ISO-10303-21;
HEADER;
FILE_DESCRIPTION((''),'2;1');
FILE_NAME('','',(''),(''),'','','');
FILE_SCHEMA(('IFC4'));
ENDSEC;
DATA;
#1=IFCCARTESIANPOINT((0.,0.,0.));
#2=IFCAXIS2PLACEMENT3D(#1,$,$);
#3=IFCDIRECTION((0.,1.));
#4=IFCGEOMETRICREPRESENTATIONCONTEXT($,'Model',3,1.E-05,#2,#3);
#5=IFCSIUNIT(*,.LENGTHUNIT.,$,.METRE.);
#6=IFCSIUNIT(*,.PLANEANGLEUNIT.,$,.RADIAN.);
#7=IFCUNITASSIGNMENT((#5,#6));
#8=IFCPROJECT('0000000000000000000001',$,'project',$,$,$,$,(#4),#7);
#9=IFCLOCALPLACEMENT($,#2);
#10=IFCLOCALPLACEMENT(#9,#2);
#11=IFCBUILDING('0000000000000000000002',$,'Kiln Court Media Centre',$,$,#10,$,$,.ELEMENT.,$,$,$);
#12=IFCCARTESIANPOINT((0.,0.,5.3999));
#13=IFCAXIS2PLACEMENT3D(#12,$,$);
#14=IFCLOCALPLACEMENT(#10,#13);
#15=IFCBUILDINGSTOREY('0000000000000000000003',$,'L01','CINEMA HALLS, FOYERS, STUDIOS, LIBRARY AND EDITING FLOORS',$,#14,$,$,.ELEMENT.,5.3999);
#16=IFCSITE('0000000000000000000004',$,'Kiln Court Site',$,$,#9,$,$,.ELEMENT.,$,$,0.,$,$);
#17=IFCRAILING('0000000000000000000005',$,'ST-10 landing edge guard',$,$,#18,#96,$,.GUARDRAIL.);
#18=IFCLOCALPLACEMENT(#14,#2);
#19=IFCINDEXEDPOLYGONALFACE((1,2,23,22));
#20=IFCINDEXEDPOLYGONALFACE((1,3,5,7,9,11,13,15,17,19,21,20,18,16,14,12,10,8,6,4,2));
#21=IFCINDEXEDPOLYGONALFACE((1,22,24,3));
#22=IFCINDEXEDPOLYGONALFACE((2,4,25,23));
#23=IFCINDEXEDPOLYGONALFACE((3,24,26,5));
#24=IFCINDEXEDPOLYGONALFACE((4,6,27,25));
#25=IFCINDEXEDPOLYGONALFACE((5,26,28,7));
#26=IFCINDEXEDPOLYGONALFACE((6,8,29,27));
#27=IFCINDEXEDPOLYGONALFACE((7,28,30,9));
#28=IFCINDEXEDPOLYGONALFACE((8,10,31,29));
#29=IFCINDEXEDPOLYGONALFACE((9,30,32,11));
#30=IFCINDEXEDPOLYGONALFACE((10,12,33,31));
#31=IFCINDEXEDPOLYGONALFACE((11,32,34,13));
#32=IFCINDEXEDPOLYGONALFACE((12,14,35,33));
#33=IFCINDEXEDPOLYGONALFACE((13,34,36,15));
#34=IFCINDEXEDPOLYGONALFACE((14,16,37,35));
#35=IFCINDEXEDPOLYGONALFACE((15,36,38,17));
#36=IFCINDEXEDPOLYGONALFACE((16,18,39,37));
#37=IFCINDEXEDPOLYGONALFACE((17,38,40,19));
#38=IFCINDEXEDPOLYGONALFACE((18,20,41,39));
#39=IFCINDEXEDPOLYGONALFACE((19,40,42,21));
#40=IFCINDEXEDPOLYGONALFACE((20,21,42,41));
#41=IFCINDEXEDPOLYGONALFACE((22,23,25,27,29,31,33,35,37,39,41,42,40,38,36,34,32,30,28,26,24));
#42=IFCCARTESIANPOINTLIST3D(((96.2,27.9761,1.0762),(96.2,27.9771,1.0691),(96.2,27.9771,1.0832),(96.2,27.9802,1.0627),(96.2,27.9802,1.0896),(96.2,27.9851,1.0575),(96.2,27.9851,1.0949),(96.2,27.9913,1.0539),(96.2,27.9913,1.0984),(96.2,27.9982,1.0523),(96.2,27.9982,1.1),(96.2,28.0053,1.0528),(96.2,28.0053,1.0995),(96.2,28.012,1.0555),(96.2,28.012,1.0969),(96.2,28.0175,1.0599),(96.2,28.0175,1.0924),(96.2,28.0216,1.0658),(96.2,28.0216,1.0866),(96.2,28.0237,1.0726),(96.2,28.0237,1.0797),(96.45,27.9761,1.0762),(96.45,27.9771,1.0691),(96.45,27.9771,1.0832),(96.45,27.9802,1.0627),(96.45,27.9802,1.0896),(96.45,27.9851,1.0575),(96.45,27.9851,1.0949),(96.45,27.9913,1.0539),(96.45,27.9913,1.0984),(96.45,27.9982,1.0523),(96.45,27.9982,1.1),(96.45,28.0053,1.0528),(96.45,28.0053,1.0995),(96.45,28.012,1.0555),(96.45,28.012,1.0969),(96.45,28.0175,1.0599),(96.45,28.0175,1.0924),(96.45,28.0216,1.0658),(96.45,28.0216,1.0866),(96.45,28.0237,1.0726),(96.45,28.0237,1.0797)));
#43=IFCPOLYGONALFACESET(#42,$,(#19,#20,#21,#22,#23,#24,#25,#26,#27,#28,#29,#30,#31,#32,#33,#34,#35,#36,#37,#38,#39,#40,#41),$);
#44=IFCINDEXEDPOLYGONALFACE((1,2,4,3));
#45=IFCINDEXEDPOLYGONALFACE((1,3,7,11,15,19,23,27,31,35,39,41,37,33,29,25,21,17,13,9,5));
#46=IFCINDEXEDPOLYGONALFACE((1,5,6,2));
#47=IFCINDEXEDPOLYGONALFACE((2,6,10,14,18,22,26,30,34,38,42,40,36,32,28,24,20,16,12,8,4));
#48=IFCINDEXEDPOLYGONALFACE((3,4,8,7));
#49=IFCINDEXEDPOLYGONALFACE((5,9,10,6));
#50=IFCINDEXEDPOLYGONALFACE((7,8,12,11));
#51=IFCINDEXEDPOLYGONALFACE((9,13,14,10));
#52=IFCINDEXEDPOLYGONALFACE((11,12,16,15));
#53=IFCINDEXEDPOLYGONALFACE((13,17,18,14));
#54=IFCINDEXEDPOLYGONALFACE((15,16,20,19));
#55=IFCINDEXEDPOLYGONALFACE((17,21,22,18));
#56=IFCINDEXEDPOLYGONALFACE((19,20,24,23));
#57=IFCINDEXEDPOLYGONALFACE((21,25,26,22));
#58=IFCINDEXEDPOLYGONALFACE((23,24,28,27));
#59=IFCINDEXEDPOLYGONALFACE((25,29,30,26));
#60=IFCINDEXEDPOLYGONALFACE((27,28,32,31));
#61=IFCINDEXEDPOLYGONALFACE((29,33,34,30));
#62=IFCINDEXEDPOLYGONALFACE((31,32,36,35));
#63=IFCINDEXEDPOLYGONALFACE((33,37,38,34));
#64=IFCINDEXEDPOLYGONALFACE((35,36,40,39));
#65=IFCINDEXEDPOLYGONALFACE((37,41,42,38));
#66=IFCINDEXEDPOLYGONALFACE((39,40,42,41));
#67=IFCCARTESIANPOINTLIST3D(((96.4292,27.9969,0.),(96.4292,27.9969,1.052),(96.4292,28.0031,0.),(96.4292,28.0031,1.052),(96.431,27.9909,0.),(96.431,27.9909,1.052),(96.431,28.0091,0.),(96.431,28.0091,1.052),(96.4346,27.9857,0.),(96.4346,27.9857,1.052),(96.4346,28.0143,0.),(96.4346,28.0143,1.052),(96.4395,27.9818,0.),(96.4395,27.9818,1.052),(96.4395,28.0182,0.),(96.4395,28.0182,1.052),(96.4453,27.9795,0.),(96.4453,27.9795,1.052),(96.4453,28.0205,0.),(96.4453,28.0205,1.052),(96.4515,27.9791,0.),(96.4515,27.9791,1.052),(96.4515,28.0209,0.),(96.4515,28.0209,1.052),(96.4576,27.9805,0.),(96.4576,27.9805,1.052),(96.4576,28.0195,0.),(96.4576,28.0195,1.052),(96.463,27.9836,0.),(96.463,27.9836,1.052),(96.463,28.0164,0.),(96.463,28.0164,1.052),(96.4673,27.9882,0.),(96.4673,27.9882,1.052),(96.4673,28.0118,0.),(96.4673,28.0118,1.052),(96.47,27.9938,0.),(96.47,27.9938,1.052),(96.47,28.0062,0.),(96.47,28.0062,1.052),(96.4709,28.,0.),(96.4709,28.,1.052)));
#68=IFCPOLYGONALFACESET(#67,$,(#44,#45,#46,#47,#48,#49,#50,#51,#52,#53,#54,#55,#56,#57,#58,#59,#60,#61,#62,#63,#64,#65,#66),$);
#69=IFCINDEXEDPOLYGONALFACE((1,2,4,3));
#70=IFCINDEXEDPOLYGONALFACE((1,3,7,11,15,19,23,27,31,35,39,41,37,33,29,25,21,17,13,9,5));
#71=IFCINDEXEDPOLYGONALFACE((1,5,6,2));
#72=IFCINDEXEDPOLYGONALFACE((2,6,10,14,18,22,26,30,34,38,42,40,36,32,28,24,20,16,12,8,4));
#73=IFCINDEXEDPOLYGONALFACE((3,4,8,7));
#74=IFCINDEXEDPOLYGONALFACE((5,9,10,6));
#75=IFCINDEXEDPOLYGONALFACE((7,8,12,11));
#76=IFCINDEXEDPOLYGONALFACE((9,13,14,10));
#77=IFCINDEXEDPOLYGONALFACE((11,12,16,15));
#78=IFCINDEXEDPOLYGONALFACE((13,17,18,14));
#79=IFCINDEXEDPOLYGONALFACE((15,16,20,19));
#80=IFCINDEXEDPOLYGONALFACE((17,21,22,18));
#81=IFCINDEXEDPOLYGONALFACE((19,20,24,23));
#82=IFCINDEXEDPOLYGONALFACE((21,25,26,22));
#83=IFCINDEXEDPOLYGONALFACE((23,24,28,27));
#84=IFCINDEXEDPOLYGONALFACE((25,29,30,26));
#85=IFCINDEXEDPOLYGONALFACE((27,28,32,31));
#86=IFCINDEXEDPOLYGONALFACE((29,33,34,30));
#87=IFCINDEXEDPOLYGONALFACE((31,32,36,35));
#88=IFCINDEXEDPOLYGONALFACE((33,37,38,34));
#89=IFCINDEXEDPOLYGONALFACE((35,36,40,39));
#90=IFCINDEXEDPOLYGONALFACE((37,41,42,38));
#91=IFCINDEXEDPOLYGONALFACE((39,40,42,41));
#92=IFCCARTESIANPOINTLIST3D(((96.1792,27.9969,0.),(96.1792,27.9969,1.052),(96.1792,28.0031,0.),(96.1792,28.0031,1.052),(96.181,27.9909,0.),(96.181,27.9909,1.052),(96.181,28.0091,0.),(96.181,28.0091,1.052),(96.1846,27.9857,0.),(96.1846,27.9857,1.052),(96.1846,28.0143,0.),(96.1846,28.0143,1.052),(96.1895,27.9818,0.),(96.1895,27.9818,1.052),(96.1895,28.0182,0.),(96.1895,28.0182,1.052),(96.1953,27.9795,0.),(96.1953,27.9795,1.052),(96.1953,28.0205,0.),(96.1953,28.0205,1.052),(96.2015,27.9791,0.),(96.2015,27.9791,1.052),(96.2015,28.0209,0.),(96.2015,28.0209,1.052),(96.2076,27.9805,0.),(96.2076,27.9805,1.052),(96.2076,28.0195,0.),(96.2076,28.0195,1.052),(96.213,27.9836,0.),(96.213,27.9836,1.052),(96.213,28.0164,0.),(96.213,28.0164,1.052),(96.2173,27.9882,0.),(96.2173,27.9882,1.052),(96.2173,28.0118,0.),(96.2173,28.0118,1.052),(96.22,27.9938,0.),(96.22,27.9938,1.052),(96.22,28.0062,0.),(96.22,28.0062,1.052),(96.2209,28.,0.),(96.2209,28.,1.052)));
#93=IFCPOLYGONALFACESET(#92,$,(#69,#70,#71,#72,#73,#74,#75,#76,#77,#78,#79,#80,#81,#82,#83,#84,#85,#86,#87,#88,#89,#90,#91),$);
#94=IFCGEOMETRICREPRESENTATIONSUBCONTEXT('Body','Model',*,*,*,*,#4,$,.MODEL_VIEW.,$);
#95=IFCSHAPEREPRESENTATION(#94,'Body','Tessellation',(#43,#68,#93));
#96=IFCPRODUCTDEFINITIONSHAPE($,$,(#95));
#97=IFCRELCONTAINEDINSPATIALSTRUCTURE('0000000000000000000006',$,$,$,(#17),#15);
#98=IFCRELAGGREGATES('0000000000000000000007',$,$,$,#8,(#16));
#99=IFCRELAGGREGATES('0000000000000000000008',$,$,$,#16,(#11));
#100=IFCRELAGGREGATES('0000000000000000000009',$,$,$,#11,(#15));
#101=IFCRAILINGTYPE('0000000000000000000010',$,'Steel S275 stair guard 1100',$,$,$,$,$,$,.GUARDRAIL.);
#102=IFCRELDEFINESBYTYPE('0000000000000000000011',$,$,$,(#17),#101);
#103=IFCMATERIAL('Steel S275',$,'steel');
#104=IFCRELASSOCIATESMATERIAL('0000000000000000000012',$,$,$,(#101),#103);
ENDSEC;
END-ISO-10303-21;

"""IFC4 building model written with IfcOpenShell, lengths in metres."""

from ifc_helpers import new_model, si_unit, direction, frame, origin, origin_2d, place, context, subcontext, project, spatial, circle, extrude, material, type_object, element, save


model = new_model("IFC4")

# Units and contexts
model_context = context("Model", 3, precision=1e-05, world=origin(), true_north=direction((0.0, 1.0)))
body_context = subcontext(model_context, "Body", "Model", "MODEL_VIEW")
ifc_project = project(units=[si_unit("LENGTHUNIT", "METRE"), si_unit("PLANEANGLEUNIT", "RADIAN")], contexts=[model_context])

# Site, building, storey
site_placement = place(None, origin())
site = spatial("IfcSite", under=ifc_project, at=site_placement, Name="Kiln Court Site", CompositionType="ELEMENT", RefElevation=0.0)
building_placement = place(site_placement, origin())
building = spatial("IfcBuilding", under=site, at=building_placement, Name="Kiln Court Media Centre", CompositionType="ELEMENT")
storey_placement = place(building_placement, frame((0.0, 0.0, 5.3999)))
storey = spatial("IfcBuildingStorey", under=building, at=storey_placement, Name="L01", Description="CINEMA HALLS, FOYERS, STUDIOS, LIBRARY AND EDITING FLOORS", CompositionType="ELEMENT", Elevation=5.3999)

# Railing
ifc_material_1 = material(Name="Steel S275", Category="steel")
railing_type_1 = type_object("IfcRailingType", Name="Steel S275 stair guard 1100", PredefinedType="GUARDRAIL", material=ifc_material_1)
for number, where, name in (
    (1, (96.45, 28.0, 0.0), "ST-10 landing edge guard"),
):
    element("IfcRailing", number, at=place(storey_placement, frame(where)), inside=storey, type_object=railing_type_1, Name=name, PredefinedType="GUARDRAIL", context=body_context, shape_type="SweptSolid", body=[
        extrude(circle(Radius=0.0239, at=origin_2d()), frame((0.0, 0.0, 1.0762), z_axis=(-1.0, 0.0, 0.0), x_axis=(0.0, -1.0, 0.0)), (0.0, 0.0, 1.0), 0.25),
        extrude(circle(Radius=0.021, at=origin_2d()), origin(), (0.0, 0.0, 1.0), 1.052),
        extrude(circle(Radius=0.021, at=origin_2d()), frame((-0.25, 0.0, 0.0)), (0.0, 0.0, 1.0), 1.052),
    ])

save(model, "model.ifc")
